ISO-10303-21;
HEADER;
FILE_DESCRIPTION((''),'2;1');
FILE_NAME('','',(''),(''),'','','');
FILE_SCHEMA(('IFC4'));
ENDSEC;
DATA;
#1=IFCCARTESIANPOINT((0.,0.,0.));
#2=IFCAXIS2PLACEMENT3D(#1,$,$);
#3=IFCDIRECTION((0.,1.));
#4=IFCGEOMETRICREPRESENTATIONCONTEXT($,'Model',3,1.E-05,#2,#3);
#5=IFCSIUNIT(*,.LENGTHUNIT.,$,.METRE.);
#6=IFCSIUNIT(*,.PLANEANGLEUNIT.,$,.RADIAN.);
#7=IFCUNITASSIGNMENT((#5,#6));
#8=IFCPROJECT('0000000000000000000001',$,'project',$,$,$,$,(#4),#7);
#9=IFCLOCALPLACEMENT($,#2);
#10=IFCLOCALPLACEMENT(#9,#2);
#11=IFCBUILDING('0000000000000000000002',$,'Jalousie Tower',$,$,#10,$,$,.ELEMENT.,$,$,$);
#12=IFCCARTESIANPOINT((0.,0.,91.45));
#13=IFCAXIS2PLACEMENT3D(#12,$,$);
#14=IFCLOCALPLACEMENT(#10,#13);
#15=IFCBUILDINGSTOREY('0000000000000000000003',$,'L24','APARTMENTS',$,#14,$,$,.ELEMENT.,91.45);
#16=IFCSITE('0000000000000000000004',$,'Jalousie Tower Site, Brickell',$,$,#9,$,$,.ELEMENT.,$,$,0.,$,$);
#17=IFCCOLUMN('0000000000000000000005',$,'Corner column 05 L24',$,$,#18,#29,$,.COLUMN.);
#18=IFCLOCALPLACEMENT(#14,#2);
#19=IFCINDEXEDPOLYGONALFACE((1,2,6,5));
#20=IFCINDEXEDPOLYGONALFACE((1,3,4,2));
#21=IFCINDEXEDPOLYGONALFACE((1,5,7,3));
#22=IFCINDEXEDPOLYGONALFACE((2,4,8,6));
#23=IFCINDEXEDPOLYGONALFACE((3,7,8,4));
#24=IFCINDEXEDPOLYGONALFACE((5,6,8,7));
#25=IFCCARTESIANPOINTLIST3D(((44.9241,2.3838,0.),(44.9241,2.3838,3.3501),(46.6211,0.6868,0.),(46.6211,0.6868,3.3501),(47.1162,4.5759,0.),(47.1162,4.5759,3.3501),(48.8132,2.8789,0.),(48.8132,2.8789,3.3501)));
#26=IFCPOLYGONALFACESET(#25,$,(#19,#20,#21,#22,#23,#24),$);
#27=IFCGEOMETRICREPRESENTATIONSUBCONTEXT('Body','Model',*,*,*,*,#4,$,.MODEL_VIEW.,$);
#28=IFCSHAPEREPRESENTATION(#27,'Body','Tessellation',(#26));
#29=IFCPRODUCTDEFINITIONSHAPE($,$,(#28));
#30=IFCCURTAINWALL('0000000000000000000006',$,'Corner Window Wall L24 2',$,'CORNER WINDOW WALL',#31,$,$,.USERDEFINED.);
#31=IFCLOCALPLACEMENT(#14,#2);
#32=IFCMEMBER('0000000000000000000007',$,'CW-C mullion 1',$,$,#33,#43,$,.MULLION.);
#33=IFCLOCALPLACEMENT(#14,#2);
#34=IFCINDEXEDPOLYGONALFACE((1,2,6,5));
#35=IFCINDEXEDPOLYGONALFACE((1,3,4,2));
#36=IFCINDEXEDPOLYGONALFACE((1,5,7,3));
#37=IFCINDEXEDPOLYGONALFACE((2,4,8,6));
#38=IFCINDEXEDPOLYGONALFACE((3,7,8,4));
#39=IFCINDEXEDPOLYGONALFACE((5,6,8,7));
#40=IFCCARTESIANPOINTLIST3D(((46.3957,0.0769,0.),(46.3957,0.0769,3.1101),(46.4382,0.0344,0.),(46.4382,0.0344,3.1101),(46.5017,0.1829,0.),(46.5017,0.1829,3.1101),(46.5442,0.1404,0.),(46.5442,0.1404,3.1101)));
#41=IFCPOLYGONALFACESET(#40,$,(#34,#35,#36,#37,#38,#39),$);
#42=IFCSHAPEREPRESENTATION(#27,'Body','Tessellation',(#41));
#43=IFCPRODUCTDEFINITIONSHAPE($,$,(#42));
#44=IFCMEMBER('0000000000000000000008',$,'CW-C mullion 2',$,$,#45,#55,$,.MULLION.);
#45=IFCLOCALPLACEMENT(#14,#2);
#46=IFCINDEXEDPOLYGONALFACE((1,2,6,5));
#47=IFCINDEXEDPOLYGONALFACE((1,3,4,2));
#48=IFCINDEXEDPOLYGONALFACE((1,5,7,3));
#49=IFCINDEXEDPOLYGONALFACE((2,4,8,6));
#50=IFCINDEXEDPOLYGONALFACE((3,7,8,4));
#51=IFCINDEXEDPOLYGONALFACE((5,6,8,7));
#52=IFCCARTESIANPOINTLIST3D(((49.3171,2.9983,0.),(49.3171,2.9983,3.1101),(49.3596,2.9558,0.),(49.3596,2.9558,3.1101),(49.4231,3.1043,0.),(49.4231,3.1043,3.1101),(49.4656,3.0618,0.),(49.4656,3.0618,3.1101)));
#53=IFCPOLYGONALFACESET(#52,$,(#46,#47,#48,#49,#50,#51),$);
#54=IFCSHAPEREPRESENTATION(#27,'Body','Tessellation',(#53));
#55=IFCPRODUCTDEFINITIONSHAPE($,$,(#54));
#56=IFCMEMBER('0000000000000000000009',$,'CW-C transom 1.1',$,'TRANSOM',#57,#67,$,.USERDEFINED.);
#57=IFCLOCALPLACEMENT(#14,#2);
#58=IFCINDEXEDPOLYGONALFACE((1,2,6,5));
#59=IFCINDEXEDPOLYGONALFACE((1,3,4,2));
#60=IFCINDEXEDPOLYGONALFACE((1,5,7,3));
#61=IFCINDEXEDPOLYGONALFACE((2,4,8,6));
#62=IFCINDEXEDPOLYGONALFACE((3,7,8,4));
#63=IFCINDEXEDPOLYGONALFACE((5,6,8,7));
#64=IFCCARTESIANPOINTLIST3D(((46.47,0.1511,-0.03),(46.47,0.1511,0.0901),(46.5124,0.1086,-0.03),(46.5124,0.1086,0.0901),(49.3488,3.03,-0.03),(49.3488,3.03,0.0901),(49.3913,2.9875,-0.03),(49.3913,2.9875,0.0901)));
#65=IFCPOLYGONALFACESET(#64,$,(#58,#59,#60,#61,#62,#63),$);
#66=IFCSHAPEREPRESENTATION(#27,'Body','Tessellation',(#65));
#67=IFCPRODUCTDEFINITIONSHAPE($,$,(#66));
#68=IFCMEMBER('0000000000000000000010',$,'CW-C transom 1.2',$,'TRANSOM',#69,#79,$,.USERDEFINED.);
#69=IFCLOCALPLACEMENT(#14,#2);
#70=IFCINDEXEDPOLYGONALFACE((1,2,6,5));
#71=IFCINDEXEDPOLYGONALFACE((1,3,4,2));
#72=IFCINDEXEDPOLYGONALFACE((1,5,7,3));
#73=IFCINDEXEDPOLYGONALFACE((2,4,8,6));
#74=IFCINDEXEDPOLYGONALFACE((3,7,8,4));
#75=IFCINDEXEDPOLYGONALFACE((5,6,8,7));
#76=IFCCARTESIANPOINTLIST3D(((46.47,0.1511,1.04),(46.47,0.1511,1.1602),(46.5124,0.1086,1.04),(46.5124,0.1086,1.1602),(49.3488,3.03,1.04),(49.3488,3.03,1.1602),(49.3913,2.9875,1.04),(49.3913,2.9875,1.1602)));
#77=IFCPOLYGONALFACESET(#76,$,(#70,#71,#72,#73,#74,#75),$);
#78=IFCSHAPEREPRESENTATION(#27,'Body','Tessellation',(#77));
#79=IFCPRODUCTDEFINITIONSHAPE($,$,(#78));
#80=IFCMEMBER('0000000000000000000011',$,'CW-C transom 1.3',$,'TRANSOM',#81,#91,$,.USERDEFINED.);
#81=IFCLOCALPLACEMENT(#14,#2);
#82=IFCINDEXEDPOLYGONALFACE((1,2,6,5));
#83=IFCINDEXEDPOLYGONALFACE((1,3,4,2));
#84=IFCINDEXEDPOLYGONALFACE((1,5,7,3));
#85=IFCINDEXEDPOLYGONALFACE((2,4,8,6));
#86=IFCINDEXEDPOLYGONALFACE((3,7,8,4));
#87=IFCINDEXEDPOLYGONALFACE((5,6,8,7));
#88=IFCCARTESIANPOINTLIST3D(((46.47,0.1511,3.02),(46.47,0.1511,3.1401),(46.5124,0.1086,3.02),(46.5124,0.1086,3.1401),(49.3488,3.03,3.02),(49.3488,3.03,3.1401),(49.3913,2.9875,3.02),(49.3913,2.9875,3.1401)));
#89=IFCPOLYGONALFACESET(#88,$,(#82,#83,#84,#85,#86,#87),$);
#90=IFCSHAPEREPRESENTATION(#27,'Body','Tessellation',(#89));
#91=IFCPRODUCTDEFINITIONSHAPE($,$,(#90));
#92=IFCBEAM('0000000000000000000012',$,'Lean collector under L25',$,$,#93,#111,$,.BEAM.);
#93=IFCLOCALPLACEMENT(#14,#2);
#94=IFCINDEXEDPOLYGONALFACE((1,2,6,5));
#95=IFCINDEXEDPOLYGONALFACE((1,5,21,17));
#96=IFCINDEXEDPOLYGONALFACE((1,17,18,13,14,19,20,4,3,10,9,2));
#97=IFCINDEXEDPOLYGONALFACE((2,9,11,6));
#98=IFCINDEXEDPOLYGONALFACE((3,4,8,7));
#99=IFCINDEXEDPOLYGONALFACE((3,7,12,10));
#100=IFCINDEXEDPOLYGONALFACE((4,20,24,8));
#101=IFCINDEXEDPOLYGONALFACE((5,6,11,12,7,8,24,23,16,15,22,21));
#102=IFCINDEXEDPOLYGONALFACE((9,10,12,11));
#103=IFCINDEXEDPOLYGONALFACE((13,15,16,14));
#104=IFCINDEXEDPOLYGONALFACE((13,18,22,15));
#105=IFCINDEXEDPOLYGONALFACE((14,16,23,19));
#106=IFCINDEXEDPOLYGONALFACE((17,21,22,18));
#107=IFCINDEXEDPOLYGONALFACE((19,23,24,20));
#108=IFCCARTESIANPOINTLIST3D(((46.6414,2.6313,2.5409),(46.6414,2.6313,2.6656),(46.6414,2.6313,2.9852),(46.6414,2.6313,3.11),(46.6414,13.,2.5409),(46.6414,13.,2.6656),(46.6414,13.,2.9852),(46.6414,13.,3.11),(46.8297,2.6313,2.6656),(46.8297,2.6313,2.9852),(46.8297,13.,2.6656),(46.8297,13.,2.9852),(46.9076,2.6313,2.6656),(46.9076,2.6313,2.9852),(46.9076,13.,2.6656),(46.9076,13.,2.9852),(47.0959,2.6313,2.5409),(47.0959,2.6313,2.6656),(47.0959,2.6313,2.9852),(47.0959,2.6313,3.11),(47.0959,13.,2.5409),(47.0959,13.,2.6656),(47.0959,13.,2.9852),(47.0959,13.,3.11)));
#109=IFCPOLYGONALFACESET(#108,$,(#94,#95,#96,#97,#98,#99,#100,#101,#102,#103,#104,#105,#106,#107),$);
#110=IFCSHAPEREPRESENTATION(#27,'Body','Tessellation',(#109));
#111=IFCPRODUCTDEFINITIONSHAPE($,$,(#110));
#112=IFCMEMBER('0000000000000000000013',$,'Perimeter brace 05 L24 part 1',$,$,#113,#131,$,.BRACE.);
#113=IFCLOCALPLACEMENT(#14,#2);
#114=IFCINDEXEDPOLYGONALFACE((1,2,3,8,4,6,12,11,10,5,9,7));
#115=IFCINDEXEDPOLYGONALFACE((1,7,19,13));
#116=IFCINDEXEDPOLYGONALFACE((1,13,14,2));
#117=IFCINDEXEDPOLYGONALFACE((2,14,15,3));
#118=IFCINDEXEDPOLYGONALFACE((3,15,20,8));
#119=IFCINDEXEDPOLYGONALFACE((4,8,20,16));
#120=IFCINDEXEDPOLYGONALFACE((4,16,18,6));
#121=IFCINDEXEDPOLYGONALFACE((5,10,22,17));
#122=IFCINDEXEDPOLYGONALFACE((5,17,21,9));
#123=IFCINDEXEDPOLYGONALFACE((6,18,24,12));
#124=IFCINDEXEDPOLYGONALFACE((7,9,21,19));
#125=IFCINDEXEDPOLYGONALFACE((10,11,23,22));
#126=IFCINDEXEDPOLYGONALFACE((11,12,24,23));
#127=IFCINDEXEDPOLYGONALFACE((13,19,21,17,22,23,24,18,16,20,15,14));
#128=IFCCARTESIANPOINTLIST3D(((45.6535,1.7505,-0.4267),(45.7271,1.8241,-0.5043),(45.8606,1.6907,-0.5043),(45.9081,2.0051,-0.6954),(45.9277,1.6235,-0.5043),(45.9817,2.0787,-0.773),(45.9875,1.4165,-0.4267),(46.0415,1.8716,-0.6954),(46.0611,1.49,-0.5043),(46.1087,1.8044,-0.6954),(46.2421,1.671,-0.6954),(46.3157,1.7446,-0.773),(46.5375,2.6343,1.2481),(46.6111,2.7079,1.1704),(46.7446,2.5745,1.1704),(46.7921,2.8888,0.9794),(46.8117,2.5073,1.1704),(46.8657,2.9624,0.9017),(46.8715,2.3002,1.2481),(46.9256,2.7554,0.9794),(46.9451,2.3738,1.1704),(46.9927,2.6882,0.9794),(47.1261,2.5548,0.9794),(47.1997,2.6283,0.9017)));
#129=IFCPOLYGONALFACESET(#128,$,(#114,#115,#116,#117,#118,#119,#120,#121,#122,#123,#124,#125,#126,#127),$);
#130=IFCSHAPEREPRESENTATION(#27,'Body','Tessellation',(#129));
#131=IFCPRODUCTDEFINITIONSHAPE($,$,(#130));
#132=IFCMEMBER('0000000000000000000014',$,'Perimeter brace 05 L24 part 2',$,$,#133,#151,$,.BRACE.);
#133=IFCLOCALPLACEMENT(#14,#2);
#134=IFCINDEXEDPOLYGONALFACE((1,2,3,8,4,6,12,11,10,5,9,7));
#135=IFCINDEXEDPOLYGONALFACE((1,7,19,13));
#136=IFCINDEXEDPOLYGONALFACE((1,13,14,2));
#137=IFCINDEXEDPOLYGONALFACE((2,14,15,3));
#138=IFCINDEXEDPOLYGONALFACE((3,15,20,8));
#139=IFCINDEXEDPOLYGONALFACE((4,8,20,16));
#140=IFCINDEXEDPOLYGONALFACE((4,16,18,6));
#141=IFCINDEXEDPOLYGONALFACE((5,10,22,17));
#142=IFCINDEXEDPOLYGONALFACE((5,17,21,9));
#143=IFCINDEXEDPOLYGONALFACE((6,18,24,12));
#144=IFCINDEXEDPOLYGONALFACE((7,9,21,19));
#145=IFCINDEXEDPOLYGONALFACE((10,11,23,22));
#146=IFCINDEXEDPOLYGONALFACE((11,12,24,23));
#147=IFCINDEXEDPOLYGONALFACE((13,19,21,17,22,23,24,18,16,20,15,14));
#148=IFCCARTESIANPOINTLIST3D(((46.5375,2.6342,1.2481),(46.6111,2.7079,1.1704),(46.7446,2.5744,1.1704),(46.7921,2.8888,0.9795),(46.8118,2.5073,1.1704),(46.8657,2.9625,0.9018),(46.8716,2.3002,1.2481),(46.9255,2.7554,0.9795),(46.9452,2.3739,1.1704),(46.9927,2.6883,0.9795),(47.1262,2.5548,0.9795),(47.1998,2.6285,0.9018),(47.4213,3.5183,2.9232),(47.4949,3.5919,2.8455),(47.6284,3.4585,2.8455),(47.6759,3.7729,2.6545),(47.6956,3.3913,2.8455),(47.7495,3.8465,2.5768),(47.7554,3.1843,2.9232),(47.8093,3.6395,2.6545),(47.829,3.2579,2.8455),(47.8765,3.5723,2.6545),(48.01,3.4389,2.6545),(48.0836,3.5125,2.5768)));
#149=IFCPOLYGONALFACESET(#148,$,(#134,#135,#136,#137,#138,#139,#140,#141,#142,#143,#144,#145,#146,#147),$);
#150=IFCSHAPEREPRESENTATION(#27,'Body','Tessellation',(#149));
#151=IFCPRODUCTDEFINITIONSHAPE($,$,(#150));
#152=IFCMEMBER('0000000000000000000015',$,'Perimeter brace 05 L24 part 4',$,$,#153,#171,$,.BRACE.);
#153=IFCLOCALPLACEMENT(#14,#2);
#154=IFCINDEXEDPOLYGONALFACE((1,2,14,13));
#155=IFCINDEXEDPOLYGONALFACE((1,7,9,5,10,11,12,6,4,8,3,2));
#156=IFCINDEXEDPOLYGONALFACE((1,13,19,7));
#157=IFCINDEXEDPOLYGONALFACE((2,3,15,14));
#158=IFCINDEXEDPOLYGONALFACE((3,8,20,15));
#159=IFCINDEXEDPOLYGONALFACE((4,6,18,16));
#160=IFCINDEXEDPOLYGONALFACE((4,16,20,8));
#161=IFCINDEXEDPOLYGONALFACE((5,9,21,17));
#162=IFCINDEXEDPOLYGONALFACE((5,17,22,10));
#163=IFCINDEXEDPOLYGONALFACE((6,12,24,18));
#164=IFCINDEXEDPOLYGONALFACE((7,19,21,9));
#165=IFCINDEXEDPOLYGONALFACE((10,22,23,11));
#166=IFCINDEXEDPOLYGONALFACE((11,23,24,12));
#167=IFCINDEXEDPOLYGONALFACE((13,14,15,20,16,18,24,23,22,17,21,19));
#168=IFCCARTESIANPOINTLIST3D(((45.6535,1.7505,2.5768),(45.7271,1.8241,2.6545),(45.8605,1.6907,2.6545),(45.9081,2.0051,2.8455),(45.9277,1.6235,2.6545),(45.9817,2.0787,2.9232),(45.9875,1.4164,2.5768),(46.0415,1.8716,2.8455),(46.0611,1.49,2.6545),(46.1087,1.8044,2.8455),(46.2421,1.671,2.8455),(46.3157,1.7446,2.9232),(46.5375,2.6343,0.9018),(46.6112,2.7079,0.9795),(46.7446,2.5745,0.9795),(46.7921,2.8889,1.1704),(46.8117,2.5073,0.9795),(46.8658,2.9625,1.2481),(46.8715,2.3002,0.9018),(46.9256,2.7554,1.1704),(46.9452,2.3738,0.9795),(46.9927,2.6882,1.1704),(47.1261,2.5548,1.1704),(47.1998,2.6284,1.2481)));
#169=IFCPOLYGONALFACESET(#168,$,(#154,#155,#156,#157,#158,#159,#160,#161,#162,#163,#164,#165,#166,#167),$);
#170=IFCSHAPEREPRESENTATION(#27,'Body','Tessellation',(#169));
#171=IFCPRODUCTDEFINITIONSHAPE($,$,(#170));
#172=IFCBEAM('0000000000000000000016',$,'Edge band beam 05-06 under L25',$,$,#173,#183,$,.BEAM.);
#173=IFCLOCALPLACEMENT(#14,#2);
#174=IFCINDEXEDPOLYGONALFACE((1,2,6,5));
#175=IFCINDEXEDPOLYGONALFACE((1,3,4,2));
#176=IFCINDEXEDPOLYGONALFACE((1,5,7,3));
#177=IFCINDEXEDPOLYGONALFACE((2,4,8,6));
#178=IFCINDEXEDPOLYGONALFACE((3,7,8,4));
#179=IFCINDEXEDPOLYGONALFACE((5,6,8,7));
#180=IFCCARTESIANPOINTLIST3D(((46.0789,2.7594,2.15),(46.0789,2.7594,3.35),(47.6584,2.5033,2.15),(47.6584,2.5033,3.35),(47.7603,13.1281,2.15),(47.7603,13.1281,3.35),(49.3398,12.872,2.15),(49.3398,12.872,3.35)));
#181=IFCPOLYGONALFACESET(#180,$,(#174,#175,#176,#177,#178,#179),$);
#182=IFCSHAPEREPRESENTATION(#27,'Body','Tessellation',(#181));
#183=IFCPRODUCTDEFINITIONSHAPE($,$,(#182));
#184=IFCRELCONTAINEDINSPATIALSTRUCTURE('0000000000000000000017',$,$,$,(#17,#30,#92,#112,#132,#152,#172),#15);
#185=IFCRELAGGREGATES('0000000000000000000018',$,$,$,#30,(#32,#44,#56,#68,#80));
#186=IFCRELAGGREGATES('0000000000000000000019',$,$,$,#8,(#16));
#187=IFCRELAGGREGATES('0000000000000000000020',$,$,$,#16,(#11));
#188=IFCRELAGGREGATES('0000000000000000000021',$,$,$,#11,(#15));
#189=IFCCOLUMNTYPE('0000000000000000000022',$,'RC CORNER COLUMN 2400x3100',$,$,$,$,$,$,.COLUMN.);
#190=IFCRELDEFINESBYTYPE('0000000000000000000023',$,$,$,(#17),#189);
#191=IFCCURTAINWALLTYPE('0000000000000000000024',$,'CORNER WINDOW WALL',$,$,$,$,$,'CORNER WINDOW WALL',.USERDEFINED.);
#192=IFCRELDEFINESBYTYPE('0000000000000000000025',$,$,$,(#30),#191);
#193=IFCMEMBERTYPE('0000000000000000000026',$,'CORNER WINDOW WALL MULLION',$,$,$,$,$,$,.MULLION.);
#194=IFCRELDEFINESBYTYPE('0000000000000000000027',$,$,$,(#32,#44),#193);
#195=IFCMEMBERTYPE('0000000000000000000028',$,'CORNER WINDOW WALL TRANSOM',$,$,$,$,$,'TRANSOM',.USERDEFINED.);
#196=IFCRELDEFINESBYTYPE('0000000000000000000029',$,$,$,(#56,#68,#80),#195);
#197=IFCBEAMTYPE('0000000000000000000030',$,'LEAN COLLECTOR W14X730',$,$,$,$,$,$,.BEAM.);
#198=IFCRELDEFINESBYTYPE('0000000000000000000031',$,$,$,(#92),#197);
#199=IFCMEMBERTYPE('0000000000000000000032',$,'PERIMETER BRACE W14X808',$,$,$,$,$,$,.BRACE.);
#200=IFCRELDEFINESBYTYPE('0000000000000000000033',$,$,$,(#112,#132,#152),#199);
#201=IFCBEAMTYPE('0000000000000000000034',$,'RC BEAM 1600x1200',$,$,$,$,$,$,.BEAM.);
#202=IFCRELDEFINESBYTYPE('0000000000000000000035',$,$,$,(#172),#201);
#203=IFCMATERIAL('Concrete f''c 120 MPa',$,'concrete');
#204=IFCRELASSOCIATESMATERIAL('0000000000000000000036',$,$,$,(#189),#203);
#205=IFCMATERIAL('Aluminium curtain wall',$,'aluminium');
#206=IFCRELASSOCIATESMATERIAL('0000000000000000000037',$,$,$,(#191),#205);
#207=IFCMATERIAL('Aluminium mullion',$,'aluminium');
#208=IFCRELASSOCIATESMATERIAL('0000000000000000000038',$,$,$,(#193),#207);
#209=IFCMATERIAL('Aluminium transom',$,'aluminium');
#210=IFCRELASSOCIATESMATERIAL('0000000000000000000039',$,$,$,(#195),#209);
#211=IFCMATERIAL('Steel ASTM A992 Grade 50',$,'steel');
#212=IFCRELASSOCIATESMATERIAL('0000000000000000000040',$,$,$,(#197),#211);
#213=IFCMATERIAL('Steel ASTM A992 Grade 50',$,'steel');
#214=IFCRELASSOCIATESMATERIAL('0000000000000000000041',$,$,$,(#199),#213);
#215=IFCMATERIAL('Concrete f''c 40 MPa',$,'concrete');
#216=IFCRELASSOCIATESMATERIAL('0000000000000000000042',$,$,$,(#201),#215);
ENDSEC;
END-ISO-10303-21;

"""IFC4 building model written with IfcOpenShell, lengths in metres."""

from ifc_helpers import new_model, si_unit, direction, frame, origin, origin_2d, place, context, subcontext, project, spatial, rectangle, i_section, extrude, material, material_profile, profile_set, type_object, element, aggregate, save


model = new_model("IFC4")

# Units and contexts
model_context = context("Model", 3, precision=1e-05, world=origin(), true_north=direction((0.0, 1.0)))
body_context = subcontext(model_context, "Body", "Model", "MODEL_VIEW")
ifc_project = project(units=[si_unit("LENGTHUNIT", "METRE"), si_unit("PLANEANGLEUNIT", "RADIAN")], contexts=[model_context])

# Site, building, storey
site_placement = place(None, origin())
site = spatial("IfcSite", under=ifc_project, at=site_placement, Name="Jalousie Tower Site, Brickell", CompositionType="ELEMENT", RefElevation=0.0)
building_placement = place(site_placement, origin())
building = spatial("IfcBuilding", under=site, at=building_placement, Name="Jalousie Tower", CompositionType="ELEMENT")
storey_placement = place(building_placement, frame((0.0, 0.0, 91.45)))
storey = spatial("IfcBuildingStorey", under=building, at=storey_placement, Name="L24", Description="APARTMENTS", CompositionType="ELEMENT", Elevation=91.45)

# Column
ifc_material_1 = material(Name="Concrete f'c 120 MPa", Category="concrete")
ifc_material_profile_1 = material_profile(ifc_material_1, rectangle(XDim=2.3999, YDim=3.1001, at=origin_2d()), Name="RC 2400x3100")
ifc_profile_set_1 = profile_set([ifc_material_profile_1], Name="Concrete f'c 120 MPa")
column_type = type_object("IfcColumnType", Name="RC CORNER COLUMN 2400x3100", PredefinedType="COLUMN", material=ifc_profile_set_1)
column_placement = place(storey_placement, frame((46.8687, 2.6313, 0.0), z_axis=(0.0, 0.0, 1.0), x_axis=(-0.707107, 0.707107, 0.0)))
element("IfcColumn", 1, at=column_placement, inside=storey, type_object=column_type, Name="Corner column 05 L24", PredefinedType="COLUMN", context=body_context, shape_type="SweptSolid", body=[
    extrude(rectangle(XDim=2.3999, YDim=3.1001, at=origin_2d()), origin(), (0.0, 0.0, 1.0), 3.3501),
])

# Curtain wall, members
ifc_material_2 = material(Name="Aluminium curtain wall", Category="aluminium")
curtain_wall_type_1 = type_object("IfcCurtainWallType", Name="CORNER WINDOW WALL", ElementType="CORNER WINDOW WALL", PredefinedType="USERDEFINED", material=ifc_material_2)
curtain_wall_1_placement = place(storey_placement, origin())
curtain_wall_1 = element("IfcCurtainWall", 2, at=curtain_wall_1_placement, inside=storey, type_object=curtain_wall_type_1, Name="Corner Window Wall L24 2", ObjectType="CORNER WINDOW WALL", PredefinedType="USERDEFINED")
ifc_material_3 = material(Name="Aluminium mullion", Category="aluminium")
ifc_material_profile_2 = material_profile(ifc_material_3, rectangle(XDim=0.0601, YDim=0.1499, at=origin_2d()), Name="MULLION 60x150")
ifc_profile_set_2 = profile_set([ifc_material_profile_2], Name="Aluminium mullion")
member_type_1 = type_object("IfcMemberType", Name="CORNER WINDOW WALL MULLION", PredefinedType="MULLION", material=ifc_profile_set_2)
member_1_placement = place(storey_placement, frame((46.47, 0.1086, 0.0), z_axis=(0.0, 0.0, 1.0), x_axis=(-0.707107, 0.707107, 0.0)))
member_1 = element("IfcMember", 3, at=member_1_placement, type_object=member_type_1, Name="CW-C mullion 1", PredefinedType="MULLION", context=body_context, shape_type="SweptSolid", body=[
    extrude(rectangle(XDim=0.0601, YDim=0.1499, at=origin_2d()), origin(), (0.0, 0.0, 1.0), 3.1101),
])
member_2_placement = place(storey_placement, frame((49.3914, 3.03, 0.0), z_axis=(0.0, 0.0, 1.0), x_axis=(-0.707107, 0.707107, 0.0)))
member_2 = element("IfcMember", 4, at=member_2_placement, type_object=member_type_1, Name="CW-C mullion 2", PredefinedType="MULLION", context=body_context, shape_type="SweptSolid", body=[
    extrude(rectangle(XDim=0.0601, YDim=0.1499, at=origin_2d()), origin(), (0.0, 0.0, 1.0), 3.1101),
])
ifc_material_4 = material(Name="Aluminium transom", Category="aluminium")
ifc_material_profile_3 = material_profile(ifc_material_4, rectangle(XDim=0.0601, YDim=0.1201, at=origin_2d()), Name="TRANSOM 60x120")
ifc_profile_set_3 = profile_set([ifc_material_profile_3], Name="Aluminium transom")
member_type_2 = type_object("IfcMemberType", Name="CORNER WINDOW WALL TRANSOM", ElementType="TRANSOM", PredefinedType="USERDEFINED", material=ifc_profile_set_3)
member_3_placement = place(storey_placement, frame((46.4912, 0.1299, 0.03), z_axis=(0.707107, 0.707107, 0.0), x_axis=(-0.707107, 0.707107, 0.0)))
member_3 = element("IfcMember", 5, at=member_3_placement, type_object=member_type_2, Name="CW-C transom 1.1", ObjectType="TRANSOM", PredefinedType="USERDEFINED", context=body_context, shape_type="SweptSolid", body=[
    extrude(rectangle(XDim=0.0601, YDim=0.1201, at=origin_2d()), origin(), (0.0, 0.0, 1.0), 4.0713),
])
member_4_placement = place(storey_placement, frame((46.4912, 0.1299, 1.1001), z_axis=(0.707107, 0.707107, 0.0), x_axis=(-0.707107, 0.707107, 0.0)))
member_4 = element("IfcMember", 6, at=member_4_placement, type_object=member_type_2, Name="CW-C transom 1.2", ObjectType="TRANSOM", PredefinedType="USERDEFINED", context=body_context, shape_type="SweptSolid", body=[
    extrude(rectangle(XDim=0.0601, YDim=0.1201, at=origin_2d()), origin(), (0.0, 0.0, 1.0), 4.0713),
])
member_5_placement = place(storey_placement, frame((46.4912, 0.1299, 3.0801), z_axis=(0.707107, 0.707107, 0.0), x_axis=(-0.707107, 0.707107, 0.0)))
member_5 = element("IfcMember", 7, at=member_5_placement, type_object=member_type_2, Name="CW-C transom 1.3", ObjectType="TRANSOM", PredefinedType="USERDEFINED", context=body_context, shape_type="SweptSolid", body=[
    extrude(rectangle(XDim=0.0601, YDim=0.1201, at=origin_2d()), origin(), (0.0, 0.0, 1.0), 4.0713),
])

# Beam
ifc_material_5 = material(Name="Steel ASTM A992 Grade 50", Category="steel")
ifc_material_profile_4 = material_profile(ifc_material_5, i_section(OverallWidth=0.4546, OverallDepth=0.5691, WebThickness=0.0779, FlangeThickness=0.1248, at=origin_2d()), Name="W14X730")
ifc_profile_set_4 = profile_set([ifc_material_profile_4], Name="Steel ASTM A992 Grade 50")
beam_type_1 = type_object("IfcBeamType", Name="LEAN COLLECTOR W14X730", PredefinedType="BEAM", material=ifc_profile_set_4)
beam_1_placement = place(storey_placement, frame((46.8687, 2.6313, 2.8254), z_axis=(0.0, 1.0, 0.0), x_axis=(-1.0, 0.0, 0.0)))
element("IfcBeam", 8, at=beam_1_placement, inside=storey, type_object=beam_type_1, Name="Lean collector under L25", PredefinedType="BEAM", context=body_context, shape_type="SweptSolid", body=[
    extrude(i_section(OverallWidth=0.4546, OverallDepth=0.5691, WebThickness=0.0779, FlangeThickness=0.1248, at=origin_2d()), origin(), (0.0, 0.0, 1.0), 10.3687),
])

# Members
ifc_material_6 = material(Name="Steel ASTM A992 Grade 50", Category="steel")
ifc_material_profile_5 = material_profile(ifc_material_6, i_section(OverallWidth=0.4724, OverallDepth=0.5791, WebThickness=0.095, FlangeThickness=0.1299, at=origin_2d()), Name="W14X808")
ifc_profile_set_5 = profile_set([ifc_material_profile_5], Name="Steel ASTM A992 Grade 50")
member_type_3 = type_object("IfcMemberType", Name="PERIMETER BRACE W14X808", PredefinedType="BRACE", material=ifc_profile_set_5)
member_6_placement = place(storey_placement, frame((45.9846, 1.7476, -0.5999), z_axis=(0.423008, 0.422891, 0.801391), x_axis=(-0.707009, 0.707204, 0.0)))
element("IfcMember", 9, at=member_6_placement, inside=storey, type_object=member_type_3, Name="Perimeter brace 05 L24 part 1", PredefinedType="BRACE", context=body_context, shape_type="SweptSolid", body=[
    extrude(i_section(OverallWidth=0.4724, OverallDepth=0.5791, WebThickness=0.095, FlangeThickness=0.1299, at=origin_2d()), origin(), (0.0, 0.0, 1.0), 2.0898),
])
for number, where, z_axis, x_axis, name in (
    (10, (46.8687, 2.6313, 1.075), (0.422852, 0.422969, 0.801432), (-0.707204, 0.707009, 0.0), "Perimeter brace 05 L24 part 2"),
    (11, (46.8687, 2.6313, 1.075), (-0.422969, -0.422852, 0.801432), (0.707009, -0.707204, 0.0), "Perimeter brace 05 L24 part 4"),
):
    element("IfcMember", number, at=place(storey_placement, frame(where, z_axis=z_axis, x_axis=x_axis)), inside=storey, type_object=member_type_3, Name=name, PredefinedType="BRACE", context=body_context, shape_type="SweptSolid", body=[
        extrude(i_section(OverallWidth=0.4724, OverallDepth=0.5791, WebThickness=0.095, FlangeThickness=0.1299, at=origin_2d()), origin(), (0.0, 0.0, 1.0), 2.0901),
    ])

# Beam
ifc_material_7 = material(Name="Concrete f'c 40 MPa", Category="concrete")
ifc_material_profile_6 = material_profile(ifc_material_7, rectangle(XDim=1.6001, YDim=1.2, at=origin_2d()), Name="RC 1600x1200")
ifc_profile_set_6 = profile_set([ifc_material_profile_6], Name="Concrete f'c 40 MPa")
beam_type_2 = type_object("IfcBeamType", Name="RC BEAM 1600x1200", PredefinedType="BEAM", material=ifc_profile_set_6)
beam_2_placement = place(storey_placement, frame((46.8687, 2.6313, 2.75), z_axis=(0.160071, 0.987106, 0.0), x_axis=(-0.987106, 0.160071, 0.0)))
element("IfcBeam", 12, at=beam_2_placement, inside=storey, type_object=beam_type_2, Name="Edge band beam 05-06 under L25", PredefinedType="BEAM", context=body_context, shape_type="SweptSolid", body=[
    extrude(rectangle(XDim=1.6001, YDim=1.2, at=origin_2d()), origin(), (0.0, 0.0, 1.0), 10.5042),
])

aggregate(curtain_wall_1, [member_1, member_2, member_3, member_4, member_5])

save(model, "model.ifc")
